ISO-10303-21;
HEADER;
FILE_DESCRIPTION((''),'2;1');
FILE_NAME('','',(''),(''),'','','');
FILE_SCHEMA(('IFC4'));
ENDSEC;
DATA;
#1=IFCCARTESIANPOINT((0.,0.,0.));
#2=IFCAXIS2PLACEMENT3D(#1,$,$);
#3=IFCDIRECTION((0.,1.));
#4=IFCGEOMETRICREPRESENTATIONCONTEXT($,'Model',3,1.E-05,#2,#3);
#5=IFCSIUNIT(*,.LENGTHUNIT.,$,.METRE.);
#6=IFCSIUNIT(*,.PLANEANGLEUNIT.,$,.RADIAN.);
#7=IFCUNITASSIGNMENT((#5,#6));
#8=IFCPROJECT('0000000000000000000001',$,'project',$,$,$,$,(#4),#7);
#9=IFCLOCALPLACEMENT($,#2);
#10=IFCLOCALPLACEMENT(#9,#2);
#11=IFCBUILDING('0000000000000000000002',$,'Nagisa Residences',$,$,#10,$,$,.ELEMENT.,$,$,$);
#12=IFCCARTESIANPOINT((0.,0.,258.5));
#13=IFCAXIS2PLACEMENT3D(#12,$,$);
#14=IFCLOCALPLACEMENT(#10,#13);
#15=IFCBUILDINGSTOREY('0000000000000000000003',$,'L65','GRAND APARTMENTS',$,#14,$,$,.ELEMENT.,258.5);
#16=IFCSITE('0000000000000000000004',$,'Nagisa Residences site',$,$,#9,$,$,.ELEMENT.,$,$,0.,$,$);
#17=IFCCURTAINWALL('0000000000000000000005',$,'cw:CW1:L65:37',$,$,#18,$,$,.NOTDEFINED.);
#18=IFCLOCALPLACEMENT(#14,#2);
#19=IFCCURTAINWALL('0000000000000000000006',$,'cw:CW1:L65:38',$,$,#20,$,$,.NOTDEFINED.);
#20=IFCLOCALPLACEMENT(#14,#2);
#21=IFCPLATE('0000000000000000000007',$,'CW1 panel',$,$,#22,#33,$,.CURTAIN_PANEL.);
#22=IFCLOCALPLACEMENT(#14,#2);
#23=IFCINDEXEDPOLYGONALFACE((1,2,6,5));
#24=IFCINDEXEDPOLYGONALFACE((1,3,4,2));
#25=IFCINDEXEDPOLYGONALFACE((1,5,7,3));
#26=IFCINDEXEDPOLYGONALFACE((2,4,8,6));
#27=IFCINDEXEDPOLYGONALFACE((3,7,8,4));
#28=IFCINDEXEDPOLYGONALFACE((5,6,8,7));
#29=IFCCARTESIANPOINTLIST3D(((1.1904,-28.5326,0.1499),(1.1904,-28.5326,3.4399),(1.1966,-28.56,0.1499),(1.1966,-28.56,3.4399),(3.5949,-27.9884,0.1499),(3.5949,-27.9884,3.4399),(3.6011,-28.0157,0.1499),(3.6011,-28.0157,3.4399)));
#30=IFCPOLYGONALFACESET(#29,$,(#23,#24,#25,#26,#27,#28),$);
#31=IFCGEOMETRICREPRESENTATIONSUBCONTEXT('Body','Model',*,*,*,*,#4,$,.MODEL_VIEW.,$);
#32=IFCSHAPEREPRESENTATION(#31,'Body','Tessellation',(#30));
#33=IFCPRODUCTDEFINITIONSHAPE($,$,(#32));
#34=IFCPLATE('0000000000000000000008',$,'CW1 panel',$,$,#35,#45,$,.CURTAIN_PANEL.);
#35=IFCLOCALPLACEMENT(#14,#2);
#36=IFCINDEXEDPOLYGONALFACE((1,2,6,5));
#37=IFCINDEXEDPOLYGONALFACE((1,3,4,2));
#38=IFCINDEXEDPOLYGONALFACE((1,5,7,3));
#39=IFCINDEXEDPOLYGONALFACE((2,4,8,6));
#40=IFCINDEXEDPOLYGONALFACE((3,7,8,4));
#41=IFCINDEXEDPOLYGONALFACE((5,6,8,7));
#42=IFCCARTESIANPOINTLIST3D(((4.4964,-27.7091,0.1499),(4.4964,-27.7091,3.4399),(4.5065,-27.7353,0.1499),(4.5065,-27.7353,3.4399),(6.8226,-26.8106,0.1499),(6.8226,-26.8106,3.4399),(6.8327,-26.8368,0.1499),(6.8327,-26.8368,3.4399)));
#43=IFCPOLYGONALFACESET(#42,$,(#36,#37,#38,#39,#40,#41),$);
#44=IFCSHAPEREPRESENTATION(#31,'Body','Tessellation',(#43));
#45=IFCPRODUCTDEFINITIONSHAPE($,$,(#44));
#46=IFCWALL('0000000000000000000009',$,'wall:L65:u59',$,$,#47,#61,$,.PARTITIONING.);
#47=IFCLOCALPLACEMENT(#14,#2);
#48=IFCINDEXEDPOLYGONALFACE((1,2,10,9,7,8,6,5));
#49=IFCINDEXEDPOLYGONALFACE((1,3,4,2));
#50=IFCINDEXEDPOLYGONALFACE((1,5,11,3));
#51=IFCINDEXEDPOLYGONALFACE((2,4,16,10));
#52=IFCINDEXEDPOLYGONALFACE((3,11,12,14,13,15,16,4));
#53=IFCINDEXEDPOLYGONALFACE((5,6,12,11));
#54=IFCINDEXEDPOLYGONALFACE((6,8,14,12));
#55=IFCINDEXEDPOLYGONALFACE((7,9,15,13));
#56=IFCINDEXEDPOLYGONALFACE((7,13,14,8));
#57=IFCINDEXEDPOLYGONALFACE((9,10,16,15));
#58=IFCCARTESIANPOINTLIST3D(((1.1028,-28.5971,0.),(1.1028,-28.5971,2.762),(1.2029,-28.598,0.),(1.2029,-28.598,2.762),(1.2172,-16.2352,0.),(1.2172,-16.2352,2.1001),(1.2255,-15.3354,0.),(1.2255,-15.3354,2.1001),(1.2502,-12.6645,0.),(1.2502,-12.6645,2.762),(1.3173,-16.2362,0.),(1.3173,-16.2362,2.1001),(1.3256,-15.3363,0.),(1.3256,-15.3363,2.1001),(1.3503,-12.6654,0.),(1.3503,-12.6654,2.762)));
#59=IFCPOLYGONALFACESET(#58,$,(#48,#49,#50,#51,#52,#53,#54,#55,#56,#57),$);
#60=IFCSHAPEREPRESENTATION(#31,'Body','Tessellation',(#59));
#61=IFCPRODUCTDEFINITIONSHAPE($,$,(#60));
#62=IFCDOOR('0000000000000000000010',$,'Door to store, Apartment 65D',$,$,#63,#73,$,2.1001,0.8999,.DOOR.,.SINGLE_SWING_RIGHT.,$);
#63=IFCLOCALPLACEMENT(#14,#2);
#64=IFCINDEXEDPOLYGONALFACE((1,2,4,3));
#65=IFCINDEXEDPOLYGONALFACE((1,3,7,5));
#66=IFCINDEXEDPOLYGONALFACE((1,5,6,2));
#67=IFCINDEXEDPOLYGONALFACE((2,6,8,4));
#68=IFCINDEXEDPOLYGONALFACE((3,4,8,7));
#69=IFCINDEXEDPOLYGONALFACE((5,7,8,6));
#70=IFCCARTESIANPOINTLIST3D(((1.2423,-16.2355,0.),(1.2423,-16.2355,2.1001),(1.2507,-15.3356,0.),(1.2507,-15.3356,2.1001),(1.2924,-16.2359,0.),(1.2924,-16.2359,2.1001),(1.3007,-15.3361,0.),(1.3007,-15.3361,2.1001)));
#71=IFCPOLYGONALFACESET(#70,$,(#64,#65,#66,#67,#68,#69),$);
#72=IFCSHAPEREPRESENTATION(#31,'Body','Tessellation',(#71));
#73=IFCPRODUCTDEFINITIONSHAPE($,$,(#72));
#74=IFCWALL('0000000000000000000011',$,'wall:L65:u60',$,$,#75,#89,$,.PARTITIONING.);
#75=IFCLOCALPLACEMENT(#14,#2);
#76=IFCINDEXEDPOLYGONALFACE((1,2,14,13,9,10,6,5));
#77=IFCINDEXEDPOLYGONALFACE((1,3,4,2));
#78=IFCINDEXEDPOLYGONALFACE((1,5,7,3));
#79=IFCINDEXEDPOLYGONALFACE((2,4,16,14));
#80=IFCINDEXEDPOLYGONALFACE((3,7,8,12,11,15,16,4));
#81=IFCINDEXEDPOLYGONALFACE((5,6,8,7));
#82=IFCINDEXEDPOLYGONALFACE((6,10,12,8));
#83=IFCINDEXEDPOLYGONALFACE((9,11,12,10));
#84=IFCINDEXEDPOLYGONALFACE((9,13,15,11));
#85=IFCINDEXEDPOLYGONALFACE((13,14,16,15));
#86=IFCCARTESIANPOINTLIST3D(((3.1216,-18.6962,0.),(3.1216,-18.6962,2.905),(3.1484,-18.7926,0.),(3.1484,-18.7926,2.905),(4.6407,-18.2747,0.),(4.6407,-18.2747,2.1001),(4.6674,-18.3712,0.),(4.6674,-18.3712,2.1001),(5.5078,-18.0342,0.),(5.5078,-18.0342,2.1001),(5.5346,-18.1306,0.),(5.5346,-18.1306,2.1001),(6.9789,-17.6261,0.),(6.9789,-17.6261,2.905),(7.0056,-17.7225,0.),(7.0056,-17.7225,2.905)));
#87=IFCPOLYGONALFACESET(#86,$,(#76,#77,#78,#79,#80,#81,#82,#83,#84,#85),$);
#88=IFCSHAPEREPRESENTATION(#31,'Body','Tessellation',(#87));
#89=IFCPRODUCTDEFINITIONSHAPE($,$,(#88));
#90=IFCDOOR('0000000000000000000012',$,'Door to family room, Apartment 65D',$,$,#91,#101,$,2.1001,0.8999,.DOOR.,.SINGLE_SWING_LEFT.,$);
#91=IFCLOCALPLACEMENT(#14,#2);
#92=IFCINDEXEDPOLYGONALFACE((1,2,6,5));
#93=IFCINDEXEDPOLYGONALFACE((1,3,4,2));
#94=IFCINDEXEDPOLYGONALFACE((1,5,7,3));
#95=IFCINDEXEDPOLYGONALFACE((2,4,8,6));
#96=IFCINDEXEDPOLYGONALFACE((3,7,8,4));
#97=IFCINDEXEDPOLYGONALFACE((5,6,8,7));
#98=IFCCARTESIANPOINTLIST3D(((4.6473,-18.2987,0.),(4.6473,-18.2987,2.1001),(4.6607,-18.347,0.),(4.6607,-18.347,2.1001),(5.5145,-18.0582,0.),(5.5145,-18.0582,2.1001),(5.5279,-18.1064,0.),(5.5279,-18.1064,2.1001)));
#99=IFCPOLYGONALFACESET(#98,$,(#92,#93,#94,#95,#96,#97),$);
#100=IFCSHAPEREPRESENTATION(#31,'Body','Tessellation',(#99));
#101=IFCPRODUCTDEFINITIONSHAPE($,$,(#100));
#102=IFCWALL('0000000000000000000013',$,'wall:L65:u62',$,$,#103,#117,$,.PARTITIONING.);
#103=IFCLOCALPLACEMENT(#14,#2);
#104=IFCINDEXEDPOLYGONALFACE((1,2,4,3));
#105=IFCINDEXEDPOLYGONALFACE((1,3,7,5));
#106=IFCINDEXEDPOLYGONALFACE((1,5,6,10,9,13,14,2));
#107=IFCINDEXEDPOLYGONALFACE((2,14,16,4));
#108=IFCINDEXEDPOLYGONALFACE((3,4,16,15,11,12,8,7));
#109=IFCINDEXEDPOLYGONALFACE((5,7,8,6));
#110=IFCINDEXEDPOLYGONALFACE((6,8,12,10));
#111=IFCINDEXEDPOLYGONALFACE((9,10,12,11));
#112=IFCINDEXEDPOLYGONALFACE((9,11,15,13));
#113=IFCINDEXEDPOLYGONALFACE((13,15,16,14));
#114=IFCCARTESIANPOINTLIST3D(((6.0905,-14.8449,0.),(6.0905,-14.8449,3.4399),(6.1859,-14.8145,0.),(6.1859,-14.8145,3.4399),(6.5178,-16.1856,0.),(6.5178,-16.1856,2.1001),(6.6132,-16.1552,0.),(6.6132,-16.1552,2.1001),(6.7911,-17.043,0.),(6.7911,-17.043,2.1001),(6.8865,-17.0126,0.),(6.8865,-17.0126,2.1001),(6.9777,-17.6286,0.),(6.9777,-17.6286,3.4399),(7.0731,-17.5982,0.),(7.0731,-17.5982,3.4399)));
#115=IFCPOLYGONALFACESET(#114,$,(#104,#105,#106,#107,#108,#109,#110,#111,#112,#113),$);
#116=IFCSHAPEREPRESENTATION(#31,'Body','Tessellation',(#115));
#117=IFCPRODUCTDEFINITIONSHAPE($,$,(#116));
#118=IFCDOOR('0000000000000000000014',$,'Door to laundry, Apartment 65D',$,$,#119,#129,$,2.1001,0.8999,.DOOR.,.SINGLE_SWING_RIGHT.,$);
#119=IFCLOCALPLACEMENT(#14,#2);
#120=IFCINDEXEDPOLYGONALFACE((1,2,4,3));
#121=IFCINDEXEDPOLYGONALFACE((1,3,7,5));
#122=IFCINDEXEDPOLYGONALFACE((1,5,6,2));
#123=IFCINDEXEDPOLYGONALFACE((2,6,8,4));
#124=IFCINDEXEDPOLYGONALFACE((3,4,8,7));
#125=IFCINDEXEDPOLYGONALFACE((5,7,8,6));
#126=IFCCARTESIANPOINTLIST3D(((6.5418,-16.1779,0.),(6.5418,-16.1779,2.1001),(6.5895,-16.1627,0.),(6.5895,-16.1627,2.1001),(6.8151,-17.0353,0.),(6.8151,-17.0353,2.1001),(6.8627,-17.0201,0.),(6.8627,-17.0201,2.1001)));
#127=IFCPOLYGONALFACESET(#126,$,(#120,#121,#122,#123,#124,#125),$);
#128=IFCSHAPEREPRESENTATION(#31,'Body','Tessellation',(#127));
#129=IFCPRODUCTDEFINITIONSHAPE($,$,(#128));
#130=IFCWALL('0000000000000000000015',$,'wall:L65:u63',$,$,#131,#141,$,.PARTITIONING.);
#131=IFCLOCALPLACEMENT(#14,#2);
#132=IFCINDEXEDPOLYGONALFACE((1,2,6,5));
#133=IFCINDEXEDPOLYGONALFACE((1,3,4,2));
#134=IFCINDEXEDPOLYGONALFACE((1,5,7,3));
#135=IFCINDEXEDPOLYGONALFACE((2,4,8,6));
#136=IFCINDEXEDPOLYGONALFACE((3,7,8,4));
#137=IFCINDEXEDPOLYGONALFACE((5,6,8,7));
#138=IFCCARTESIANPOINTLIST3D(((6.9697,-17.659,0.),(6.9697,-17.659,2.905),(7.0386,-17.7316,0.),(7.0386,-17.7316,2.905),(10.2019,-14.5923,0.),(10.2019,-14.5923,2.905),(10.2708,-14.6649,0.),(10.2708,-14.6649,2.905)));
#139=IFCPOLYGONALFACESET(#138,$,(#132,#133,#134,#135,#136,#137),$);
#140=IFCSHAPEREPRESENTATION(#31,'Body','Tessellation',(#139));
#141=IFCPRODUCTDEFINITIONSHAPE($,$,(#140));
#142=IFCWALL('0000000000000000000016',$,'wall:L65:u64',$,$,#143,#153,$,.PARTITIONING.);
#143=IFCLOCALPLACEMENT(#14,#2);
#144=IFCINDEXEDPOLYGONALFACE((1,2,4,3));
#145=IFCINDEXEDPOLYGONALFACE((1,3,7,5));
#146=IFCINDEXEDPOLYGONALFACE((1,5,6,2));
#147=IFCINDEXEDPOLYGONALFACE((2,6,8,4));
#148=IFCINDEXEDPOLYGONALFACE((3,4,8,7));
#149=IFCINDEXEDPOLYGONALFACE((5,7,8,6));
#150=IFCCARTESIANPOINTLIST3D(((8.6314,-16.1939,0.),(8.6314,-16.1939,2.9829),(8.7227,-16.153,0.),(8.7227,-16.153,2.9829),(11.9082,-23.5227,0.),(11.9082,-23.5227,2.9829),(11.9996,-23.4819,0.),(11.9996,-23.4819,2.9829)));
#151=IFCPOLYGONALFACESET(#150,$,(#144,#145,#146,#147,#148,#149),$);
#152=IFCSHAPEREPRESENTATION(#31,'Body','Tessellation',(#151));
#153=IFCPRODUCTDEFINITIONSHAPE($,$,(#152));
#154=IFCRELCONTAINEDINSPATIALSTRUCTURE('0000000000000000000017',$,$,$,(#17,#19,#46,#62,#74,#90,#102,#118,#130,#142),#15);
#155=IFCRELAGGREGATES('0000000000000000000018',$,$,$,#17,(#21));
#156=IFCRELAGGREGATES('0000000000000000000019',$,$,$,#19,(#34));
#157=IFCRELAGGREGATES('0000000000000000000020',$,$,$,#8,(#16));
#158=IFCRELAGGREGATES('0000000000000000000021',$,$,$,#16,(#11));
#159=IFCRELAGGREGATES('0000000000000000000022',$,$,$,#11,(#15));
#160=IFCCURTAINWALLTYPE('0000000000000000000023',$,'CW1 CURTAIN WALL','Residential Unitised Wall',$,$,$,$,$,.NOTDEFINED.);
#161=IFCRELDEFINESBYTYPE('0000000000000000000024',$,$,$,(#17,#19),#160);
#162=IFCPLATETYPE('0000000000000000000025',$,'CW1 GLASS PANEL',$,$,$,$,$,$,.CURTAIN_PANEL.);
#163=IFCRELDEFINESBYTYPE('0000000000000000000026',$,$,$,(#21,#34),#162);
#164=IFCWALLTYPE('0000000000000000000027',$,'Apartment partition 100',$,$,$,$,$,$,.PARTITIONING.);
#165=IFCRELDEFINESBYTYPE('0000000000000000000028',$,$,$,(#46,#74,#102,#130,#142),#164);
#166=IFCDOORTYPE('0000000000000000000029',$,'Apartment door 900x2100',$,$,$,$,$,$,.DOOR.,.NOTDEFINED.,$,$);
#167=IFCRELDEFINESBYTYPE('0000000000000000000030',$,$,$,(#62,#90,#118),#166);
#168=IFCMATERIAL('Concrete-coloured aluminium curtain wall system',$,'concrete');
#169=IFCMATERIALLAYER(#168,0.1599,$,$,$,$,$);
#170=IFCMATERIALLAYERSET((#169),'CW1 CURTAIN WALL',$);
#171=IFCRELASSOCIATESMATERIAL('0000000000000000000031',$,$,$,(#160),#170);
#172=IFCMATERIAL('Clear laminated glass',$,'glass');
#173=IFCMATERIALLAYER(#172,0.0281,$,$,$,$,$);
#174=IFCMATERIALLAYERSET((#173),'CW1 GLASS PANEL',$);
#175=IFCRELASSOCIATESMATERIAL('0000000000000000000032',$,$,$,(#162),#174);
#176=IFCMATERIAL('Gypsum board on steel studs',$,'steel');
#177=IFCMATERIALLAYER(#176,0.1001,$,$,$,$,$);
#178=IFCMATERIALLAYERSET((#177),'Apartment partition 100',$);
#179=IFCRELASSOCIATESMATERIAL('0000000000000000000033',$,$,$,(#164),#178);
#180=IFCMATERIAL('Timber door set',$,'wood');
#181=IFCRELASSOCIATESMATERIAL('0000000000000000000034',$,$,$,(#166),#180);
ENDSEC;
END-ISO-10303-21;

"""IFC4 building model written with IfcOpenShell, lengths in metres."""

from ifc_helpers import new_model, si_unit, direction, frame, frame_2d, origin, origin_2d, place, context, subcontext, project, spatial, rectangle, extrude, material, layer, layer_set, type_object, element, fill, aggregate, save


model = new_model("IFC4")

# Units and contexts
model_context = context("Model", 3, precision=1e-05, world=origin(), true_north=direction((0.0, 1.0)))
body_context = subcontext(model_context, "Body", "Model", "MODEL_VIEW")
ifc_project = project(units=[si_unit("LENGTHUNIT", "METRE"), si_unit("PLANEANGLEUNIT", "RADIAN")], contexts=[model_context])

# Site, building, storey
site_placement = place(None, origin())
site = spatial("IfcSite", under=ifc_project, at=site_placement, Name="Nagisa Residences site", CompositionType="ELEMENT", RefElevation=0.0)
building_placement = place(site_placement, origin())
building = spatial("IfcBuilding", under=site, at=building_placement, Name="Nagisa Residences", CompositionType="ELEMENT")
storey_placement = place(building_placement, frame((0.0, 0.0, 258.5)))
storey = spatial("IfcBuildingStorey", under=building, at=storey_placement, Name="L65", Description="GRAND APARTMENTS", CompositionType="ELEMENT", Elevation=258.5)

# Curtain walls
ifc_material_1 = material(Name="Concrete-coloured aluminium curtain wall system", Category="concrete")
ifc_layer_1 = layer(ifc_material_1, 0.1599)
ifc_layer_set_1 = layer_set([ifc_layer_1], Name="CW1 CURTAIN WALL")
curtain_wall_type = type_object("IfcCurtainWallType", Name="CW1 CURTAIN WALL", Description="Residential Unitised Wall", PredefinedType="NOTDEFINED", material=ifc_layer_set_1)
curtain_wall_1_placement = place(storey_placement, origin())
curtain_wall_1 = element("IfcCurtainWall", 1, at=curtain_wall_1_placement, inside=storey, type_object=curtain_wall_type, Name="cw:CW1:L65:37", PredefinedType="NOTDEFINED")
curtain_wall_2_placement = place(storey_placement, origin())
curtain_wall_2 = element("IfcCurtainWall", 2, at=curtain_wall_2_placement, inside=storey, type_object=curtain_wall_type, Name="cw:CW1:L65:38", PredefinedType="NOTDEFINED")

# Plates
ifc_material_2 = material(Name="Clear laminated glass", Category="glass")
ifc_layer_2 = layer(ifc_material_2, 0.0281)
ifc_layer_set_2 = layer_set([ifc_layer_2], Name="CW1 GLASS PANEL")
plate_type = type_object("IfcPlateType", Name="CW1 GLASS PANEL", PredefinedType="CURTAIN_PANEL", material=ifc_layer_set_2)
plate_1_placement = place(storey_placement, frame((2.3958, -28.2742, 0.1499), z_axis=(0.0, 0.0, 1.0), x_axis=(0.975327, 0.220764, 0.0)))
plate_1 = element("IfcPlate", 3, at=plate_1_placement, type_object=plate_type, Name="CW1 panel", PredefinedType="CURTAIN_PANEL", context=body_context, shape_type="SweptSolid", body=[
    extrude(rectangle(XDim=2.4653, YDim=0.0281, at=origin_2d()), origin(), (0.0, 0.0, 1.0), 3.29),
])
aggregate(curtain_wall_1, [plate_1])
plate_2_placement = place(storey_placement, frame((5.6646, -27.2729, 0.1499), z_axis=(0.0, 0.0, 1.0), x_axis=(0.932826, 0.360328, 0.0)))
plate_2 = element("IfcPlate", 4, at=plate_2_placement, type_object=plate_type, Name="CW1 panel", PredefinedType="CURTAIN_PANEL", context=body_context, shape_type="SweptSolid", body=[
    extrude(rectangle(XDim=2.4937, YDim=0.0281, at=origin_2d()), origin(), (0.0, 0.0, 1.0), 3.29),
])
aggregate(curtain_wall_2, [plate_2])

# Walls, openings, doors
ifc_material_3 = material(Name="Gypsum board on steel studs", Category="steel")
ifc_layer_3 = layer(ifc_material_3, 0.1001)
ifc_layer_set_3 = layer_set([ifc_layer_3], Name="Apartment partition 100")
wall_type_1 = type_object("IfcWallType", Name="Apartment partition 100", PredefinedType="PARTITIONING", material=ifc_layer_set_3)
wall_1_placement = place(storey_placement, frame((1.3003, -12.6648, 0.0), z_axis=(0.0, 0.0, 1.0), x_axis=(-0.009255, -0.999957, 0.0)))
wall_1 = element("IfcWall", 5, at=wall_1_placement, inside=storey, type_object=wall_type_1, Name="wall:L65:u59", PredefinedType="PARTITIONING", context=body_context, shape_type="SweptSolid", body=[
    extrude(rectangle(XDim=15.9333, YDim=0.1001, at=frame_2d((7.9668, 0.0))), origin(), (0.0, 0.0, 1.0), 2.762),
])
opening_1_placement = place(wall_1_placement, frame((2.6711, 0.0, 0.0)))
opening_1 = element("IfcOpeningElement", 6, at=opening_1_placement, cuts=wall_1, PredefinedType="OPENING", context=body_context, shape_type="SweptSolid", body=[
    extrude(rectangle(XDim=0.8999, YDim=2.1001, at=frame_2d((0.45, 1.05))), frame((0.0, 0.0601, 0.0), z_axis=(0.0, -1.0, 0.0), x_axis=(1.0, 0.0, 0.0)), (0.0, 0.0, 1.0), 0.1201),
])
ifc_material_4 = material(Name="Timber door set", Category="wood")
door_type_1 = type_object("IfcDoorType", Name="Apartment door 900x2100", OperationType="NOTDEFINED", PredefinedType="DOOR", material=ifc_material_4)
door_1_placement = place(opening_1_placement, frame((0.8999, 0.0, 0.0), x_axis=(-1.0, 0.0, 0.0)))
door_1 = element("IfcDoor", 7, at=door_1_placement, inside=storey, type_object=door_type_1, Name="Door to store, Apartment 65D", OperationType="SINGLE_SWING_RIGHT", OverallHeight=2.1001, OverallWidth=0.8999, PredefinedType="DOOR", context=body_context, shape_type="SweptSolid", body=[
    extrude(rectangle(XDim=0.8999, YDim=2.1001, at=frame_2d((0.45, 1.05))), frame((0.0, 0.0249, 0.0), z_axis=(0.0, -1.0, 0.0), x_axis=(1.0, 0.0, 0.0)), (0.0, 0.0, 1.0), 0.05),
])
fill(opening_1, door_1)
wall_2_placement = place(storey_placement, frame((3.135, -18.7444, 0.0), z_axis=(0.0, 0.0, 1.0), x_axis=(0.963606, 0.267326, 0.0)))
wall_2 = element("IfcWall", 8, at=wall_2_placement, inside=storey, type_object=wall_type_1, Name="wall:L65:u60", PredefinedType="PARTITIONING", context=body_context, shape_type="SweptSolid", body=[
    extrude(rectangle(XDim=4.0029, YDim=0.1001, at=frame_2d((2.0015, 0.0))), origin(), (0.0, 0.0, 1.0), 2.905),
])
opening_2_placement = place(wall_2_placement, frame((1.5764, 0.0, 0.0)))
opening_2 = element("IfcOpeningElement", 9, at=opening_2_placement, cuts=wall_2, PredefinedType="OPENING", context=body_context, shape_type="SweptSolid", body=[
    extrude(rectangle(XDim=0.8999, YDim=2.1001, at=frame_2d((0.45, 1.05))), frame((0.0, 0.0601, 0.0), z_axis=(0.0, -1.0, 0.0), x_axis=(1.0, 0.0, 0.0)), (0.0, 0.0, 1.0), 0.1201),
])
door_2_placement = place(opening_2_placement, frame((0.8999, 0.0, 0.0), x_axis=(-1.0, 0.0, 0.0)))
door_2 = element("IfcDoor", 10, at=door_2_placement, inside=storey, type_object=door_type_1, Name="Door to family room, Apartment 65D", OperationType="SINGLE_SWING_LEFT", OverallHeight=2.1001, OverallWidth=0.8999, PredefinedType="DOOR", context=body_context, shape_type="SweptSolid", body=[
    extrude(rectangle(XDim=0.8999, YDim=2.1001, at=frame_2d((0.45, 1.05))), frame((0.0, 0.0249, 0.0), z_axis=(0.0, -1.0, 0.0), x_axis=(1.0, 0.0, 0.0)), (0.0, 0.0, 1.0), 0.05),
])
fill(opening_2, door_2)
wall_3_placement = place(storey_placement, frame((6.1382, -14.8296, 0.0), z_axis=(0.0, 0.0, 1.0), x_axis=(0.303666, -0.952779, 0.0)))
wall_3 = element("IfcWall", 11, at=wall_3_placement, inside=storey, type_object=wall_type_1, Name="wall:L65:u62", PredefinedType="PARTITIONING", context=body_context, shape_type="SweptSolid", body=[
    extrude(rectangle(XDim=2.9216, YDim=0.1001, at=frame_2d((1.4609, 0.0))), origin(), (0.0, 0.0, 1.0), 3.4399),
])
opening_3_placement = place(wall_3_placement, frame((1.4072, 0.0, 0.0)))
opening_3 = element("IfcOpeningElement", 12, at=opening_3_placement, cuts=wall_3, PredefinedType="OPENING", context=body_context, shape_type="SweptSolid", body=[
    extrude(rectangle(XDim=0.8999, YDim=2.1001, at=frame_2d((0.45, 1.05))), frame((0.0, 0.0601, 0.0), z_axis=(0.0, -1.0, 0.0), x_axis=(1.0, 0.0, 0.0)), (0.0, 0.0, 1.0), 0.1201),
])
door_3_placement = place(opening_3_placement, frame((0.8999, 0.0, 0.0), x_axis=(-1.0, 0.0, 0.0)))
door_3 = element("IfcDoor", 13, at=door_3_placement, inside=storey, type_object=door_type_1, Name="Door to laundry, Apartment 65D", OperationType="SINGLE_SWING_RIGHT", OverallHeight=2.1001, OverallWidth=0.8999, PredefinedType="DOOR", context=body_context, shape_type="SweptSolid", body=[
    extrude(rectangle(XDim=0.8999, YDim=2.1001, at=frame_2d((0.45, 1.05))), frame((0.0, 0.0249, 0.0), z_axis=(0.0, -1.0, 0.0), x_axis=(1.0, 0.0, 0.0)), (0.0, 0.0, 1.0), 0.05),
])
fill(opening_3, door_3)

# Walls
wall_4_placement = place(storey_placement, frame((7.0042, -17.6953, 0.0), z_axis=(0.0, 0.0, 1.0), x_axis=(0.725438, 0.688287, 0.0)))
element("IfcWall", 14, at=wall_4_placement, inside=storey, type_object=wall_type_1, Name="wall:L65:u63", PredefinedType="PARTITIONING", context=body_context, shape_type="SweptSolid", body=[
    extrude(rectangle(XDim=4.4556, YDim=0.1001, at=frame_2d((2.2278, 0.0))), origin(), (0.0, 0.0, 1.0), 2.905),
])
wall_5_placement = place(storey_placement, frame((8.677, -16.1733, 0.0), z_axis=(0.0, 0.0, 1.0), x_axis=(0.408175, -0.912904, 0.0)))
element("IfcWall", 15, at=wall_5_placement, inside=storey, type_object=wall_type_1, Name="wall:L65:u64", PredefinedType="PARTITIONING", context=body_context, shape_type="SweptSolid", body=[
    extrude(rectangle(XDim=8.0281, YDim=0.1001, at=frame_2d((4.0142, 0.0))), origin(), (0.0, 0.0, 1.0), 2.9829),
])

save(model, "model.ifc")
